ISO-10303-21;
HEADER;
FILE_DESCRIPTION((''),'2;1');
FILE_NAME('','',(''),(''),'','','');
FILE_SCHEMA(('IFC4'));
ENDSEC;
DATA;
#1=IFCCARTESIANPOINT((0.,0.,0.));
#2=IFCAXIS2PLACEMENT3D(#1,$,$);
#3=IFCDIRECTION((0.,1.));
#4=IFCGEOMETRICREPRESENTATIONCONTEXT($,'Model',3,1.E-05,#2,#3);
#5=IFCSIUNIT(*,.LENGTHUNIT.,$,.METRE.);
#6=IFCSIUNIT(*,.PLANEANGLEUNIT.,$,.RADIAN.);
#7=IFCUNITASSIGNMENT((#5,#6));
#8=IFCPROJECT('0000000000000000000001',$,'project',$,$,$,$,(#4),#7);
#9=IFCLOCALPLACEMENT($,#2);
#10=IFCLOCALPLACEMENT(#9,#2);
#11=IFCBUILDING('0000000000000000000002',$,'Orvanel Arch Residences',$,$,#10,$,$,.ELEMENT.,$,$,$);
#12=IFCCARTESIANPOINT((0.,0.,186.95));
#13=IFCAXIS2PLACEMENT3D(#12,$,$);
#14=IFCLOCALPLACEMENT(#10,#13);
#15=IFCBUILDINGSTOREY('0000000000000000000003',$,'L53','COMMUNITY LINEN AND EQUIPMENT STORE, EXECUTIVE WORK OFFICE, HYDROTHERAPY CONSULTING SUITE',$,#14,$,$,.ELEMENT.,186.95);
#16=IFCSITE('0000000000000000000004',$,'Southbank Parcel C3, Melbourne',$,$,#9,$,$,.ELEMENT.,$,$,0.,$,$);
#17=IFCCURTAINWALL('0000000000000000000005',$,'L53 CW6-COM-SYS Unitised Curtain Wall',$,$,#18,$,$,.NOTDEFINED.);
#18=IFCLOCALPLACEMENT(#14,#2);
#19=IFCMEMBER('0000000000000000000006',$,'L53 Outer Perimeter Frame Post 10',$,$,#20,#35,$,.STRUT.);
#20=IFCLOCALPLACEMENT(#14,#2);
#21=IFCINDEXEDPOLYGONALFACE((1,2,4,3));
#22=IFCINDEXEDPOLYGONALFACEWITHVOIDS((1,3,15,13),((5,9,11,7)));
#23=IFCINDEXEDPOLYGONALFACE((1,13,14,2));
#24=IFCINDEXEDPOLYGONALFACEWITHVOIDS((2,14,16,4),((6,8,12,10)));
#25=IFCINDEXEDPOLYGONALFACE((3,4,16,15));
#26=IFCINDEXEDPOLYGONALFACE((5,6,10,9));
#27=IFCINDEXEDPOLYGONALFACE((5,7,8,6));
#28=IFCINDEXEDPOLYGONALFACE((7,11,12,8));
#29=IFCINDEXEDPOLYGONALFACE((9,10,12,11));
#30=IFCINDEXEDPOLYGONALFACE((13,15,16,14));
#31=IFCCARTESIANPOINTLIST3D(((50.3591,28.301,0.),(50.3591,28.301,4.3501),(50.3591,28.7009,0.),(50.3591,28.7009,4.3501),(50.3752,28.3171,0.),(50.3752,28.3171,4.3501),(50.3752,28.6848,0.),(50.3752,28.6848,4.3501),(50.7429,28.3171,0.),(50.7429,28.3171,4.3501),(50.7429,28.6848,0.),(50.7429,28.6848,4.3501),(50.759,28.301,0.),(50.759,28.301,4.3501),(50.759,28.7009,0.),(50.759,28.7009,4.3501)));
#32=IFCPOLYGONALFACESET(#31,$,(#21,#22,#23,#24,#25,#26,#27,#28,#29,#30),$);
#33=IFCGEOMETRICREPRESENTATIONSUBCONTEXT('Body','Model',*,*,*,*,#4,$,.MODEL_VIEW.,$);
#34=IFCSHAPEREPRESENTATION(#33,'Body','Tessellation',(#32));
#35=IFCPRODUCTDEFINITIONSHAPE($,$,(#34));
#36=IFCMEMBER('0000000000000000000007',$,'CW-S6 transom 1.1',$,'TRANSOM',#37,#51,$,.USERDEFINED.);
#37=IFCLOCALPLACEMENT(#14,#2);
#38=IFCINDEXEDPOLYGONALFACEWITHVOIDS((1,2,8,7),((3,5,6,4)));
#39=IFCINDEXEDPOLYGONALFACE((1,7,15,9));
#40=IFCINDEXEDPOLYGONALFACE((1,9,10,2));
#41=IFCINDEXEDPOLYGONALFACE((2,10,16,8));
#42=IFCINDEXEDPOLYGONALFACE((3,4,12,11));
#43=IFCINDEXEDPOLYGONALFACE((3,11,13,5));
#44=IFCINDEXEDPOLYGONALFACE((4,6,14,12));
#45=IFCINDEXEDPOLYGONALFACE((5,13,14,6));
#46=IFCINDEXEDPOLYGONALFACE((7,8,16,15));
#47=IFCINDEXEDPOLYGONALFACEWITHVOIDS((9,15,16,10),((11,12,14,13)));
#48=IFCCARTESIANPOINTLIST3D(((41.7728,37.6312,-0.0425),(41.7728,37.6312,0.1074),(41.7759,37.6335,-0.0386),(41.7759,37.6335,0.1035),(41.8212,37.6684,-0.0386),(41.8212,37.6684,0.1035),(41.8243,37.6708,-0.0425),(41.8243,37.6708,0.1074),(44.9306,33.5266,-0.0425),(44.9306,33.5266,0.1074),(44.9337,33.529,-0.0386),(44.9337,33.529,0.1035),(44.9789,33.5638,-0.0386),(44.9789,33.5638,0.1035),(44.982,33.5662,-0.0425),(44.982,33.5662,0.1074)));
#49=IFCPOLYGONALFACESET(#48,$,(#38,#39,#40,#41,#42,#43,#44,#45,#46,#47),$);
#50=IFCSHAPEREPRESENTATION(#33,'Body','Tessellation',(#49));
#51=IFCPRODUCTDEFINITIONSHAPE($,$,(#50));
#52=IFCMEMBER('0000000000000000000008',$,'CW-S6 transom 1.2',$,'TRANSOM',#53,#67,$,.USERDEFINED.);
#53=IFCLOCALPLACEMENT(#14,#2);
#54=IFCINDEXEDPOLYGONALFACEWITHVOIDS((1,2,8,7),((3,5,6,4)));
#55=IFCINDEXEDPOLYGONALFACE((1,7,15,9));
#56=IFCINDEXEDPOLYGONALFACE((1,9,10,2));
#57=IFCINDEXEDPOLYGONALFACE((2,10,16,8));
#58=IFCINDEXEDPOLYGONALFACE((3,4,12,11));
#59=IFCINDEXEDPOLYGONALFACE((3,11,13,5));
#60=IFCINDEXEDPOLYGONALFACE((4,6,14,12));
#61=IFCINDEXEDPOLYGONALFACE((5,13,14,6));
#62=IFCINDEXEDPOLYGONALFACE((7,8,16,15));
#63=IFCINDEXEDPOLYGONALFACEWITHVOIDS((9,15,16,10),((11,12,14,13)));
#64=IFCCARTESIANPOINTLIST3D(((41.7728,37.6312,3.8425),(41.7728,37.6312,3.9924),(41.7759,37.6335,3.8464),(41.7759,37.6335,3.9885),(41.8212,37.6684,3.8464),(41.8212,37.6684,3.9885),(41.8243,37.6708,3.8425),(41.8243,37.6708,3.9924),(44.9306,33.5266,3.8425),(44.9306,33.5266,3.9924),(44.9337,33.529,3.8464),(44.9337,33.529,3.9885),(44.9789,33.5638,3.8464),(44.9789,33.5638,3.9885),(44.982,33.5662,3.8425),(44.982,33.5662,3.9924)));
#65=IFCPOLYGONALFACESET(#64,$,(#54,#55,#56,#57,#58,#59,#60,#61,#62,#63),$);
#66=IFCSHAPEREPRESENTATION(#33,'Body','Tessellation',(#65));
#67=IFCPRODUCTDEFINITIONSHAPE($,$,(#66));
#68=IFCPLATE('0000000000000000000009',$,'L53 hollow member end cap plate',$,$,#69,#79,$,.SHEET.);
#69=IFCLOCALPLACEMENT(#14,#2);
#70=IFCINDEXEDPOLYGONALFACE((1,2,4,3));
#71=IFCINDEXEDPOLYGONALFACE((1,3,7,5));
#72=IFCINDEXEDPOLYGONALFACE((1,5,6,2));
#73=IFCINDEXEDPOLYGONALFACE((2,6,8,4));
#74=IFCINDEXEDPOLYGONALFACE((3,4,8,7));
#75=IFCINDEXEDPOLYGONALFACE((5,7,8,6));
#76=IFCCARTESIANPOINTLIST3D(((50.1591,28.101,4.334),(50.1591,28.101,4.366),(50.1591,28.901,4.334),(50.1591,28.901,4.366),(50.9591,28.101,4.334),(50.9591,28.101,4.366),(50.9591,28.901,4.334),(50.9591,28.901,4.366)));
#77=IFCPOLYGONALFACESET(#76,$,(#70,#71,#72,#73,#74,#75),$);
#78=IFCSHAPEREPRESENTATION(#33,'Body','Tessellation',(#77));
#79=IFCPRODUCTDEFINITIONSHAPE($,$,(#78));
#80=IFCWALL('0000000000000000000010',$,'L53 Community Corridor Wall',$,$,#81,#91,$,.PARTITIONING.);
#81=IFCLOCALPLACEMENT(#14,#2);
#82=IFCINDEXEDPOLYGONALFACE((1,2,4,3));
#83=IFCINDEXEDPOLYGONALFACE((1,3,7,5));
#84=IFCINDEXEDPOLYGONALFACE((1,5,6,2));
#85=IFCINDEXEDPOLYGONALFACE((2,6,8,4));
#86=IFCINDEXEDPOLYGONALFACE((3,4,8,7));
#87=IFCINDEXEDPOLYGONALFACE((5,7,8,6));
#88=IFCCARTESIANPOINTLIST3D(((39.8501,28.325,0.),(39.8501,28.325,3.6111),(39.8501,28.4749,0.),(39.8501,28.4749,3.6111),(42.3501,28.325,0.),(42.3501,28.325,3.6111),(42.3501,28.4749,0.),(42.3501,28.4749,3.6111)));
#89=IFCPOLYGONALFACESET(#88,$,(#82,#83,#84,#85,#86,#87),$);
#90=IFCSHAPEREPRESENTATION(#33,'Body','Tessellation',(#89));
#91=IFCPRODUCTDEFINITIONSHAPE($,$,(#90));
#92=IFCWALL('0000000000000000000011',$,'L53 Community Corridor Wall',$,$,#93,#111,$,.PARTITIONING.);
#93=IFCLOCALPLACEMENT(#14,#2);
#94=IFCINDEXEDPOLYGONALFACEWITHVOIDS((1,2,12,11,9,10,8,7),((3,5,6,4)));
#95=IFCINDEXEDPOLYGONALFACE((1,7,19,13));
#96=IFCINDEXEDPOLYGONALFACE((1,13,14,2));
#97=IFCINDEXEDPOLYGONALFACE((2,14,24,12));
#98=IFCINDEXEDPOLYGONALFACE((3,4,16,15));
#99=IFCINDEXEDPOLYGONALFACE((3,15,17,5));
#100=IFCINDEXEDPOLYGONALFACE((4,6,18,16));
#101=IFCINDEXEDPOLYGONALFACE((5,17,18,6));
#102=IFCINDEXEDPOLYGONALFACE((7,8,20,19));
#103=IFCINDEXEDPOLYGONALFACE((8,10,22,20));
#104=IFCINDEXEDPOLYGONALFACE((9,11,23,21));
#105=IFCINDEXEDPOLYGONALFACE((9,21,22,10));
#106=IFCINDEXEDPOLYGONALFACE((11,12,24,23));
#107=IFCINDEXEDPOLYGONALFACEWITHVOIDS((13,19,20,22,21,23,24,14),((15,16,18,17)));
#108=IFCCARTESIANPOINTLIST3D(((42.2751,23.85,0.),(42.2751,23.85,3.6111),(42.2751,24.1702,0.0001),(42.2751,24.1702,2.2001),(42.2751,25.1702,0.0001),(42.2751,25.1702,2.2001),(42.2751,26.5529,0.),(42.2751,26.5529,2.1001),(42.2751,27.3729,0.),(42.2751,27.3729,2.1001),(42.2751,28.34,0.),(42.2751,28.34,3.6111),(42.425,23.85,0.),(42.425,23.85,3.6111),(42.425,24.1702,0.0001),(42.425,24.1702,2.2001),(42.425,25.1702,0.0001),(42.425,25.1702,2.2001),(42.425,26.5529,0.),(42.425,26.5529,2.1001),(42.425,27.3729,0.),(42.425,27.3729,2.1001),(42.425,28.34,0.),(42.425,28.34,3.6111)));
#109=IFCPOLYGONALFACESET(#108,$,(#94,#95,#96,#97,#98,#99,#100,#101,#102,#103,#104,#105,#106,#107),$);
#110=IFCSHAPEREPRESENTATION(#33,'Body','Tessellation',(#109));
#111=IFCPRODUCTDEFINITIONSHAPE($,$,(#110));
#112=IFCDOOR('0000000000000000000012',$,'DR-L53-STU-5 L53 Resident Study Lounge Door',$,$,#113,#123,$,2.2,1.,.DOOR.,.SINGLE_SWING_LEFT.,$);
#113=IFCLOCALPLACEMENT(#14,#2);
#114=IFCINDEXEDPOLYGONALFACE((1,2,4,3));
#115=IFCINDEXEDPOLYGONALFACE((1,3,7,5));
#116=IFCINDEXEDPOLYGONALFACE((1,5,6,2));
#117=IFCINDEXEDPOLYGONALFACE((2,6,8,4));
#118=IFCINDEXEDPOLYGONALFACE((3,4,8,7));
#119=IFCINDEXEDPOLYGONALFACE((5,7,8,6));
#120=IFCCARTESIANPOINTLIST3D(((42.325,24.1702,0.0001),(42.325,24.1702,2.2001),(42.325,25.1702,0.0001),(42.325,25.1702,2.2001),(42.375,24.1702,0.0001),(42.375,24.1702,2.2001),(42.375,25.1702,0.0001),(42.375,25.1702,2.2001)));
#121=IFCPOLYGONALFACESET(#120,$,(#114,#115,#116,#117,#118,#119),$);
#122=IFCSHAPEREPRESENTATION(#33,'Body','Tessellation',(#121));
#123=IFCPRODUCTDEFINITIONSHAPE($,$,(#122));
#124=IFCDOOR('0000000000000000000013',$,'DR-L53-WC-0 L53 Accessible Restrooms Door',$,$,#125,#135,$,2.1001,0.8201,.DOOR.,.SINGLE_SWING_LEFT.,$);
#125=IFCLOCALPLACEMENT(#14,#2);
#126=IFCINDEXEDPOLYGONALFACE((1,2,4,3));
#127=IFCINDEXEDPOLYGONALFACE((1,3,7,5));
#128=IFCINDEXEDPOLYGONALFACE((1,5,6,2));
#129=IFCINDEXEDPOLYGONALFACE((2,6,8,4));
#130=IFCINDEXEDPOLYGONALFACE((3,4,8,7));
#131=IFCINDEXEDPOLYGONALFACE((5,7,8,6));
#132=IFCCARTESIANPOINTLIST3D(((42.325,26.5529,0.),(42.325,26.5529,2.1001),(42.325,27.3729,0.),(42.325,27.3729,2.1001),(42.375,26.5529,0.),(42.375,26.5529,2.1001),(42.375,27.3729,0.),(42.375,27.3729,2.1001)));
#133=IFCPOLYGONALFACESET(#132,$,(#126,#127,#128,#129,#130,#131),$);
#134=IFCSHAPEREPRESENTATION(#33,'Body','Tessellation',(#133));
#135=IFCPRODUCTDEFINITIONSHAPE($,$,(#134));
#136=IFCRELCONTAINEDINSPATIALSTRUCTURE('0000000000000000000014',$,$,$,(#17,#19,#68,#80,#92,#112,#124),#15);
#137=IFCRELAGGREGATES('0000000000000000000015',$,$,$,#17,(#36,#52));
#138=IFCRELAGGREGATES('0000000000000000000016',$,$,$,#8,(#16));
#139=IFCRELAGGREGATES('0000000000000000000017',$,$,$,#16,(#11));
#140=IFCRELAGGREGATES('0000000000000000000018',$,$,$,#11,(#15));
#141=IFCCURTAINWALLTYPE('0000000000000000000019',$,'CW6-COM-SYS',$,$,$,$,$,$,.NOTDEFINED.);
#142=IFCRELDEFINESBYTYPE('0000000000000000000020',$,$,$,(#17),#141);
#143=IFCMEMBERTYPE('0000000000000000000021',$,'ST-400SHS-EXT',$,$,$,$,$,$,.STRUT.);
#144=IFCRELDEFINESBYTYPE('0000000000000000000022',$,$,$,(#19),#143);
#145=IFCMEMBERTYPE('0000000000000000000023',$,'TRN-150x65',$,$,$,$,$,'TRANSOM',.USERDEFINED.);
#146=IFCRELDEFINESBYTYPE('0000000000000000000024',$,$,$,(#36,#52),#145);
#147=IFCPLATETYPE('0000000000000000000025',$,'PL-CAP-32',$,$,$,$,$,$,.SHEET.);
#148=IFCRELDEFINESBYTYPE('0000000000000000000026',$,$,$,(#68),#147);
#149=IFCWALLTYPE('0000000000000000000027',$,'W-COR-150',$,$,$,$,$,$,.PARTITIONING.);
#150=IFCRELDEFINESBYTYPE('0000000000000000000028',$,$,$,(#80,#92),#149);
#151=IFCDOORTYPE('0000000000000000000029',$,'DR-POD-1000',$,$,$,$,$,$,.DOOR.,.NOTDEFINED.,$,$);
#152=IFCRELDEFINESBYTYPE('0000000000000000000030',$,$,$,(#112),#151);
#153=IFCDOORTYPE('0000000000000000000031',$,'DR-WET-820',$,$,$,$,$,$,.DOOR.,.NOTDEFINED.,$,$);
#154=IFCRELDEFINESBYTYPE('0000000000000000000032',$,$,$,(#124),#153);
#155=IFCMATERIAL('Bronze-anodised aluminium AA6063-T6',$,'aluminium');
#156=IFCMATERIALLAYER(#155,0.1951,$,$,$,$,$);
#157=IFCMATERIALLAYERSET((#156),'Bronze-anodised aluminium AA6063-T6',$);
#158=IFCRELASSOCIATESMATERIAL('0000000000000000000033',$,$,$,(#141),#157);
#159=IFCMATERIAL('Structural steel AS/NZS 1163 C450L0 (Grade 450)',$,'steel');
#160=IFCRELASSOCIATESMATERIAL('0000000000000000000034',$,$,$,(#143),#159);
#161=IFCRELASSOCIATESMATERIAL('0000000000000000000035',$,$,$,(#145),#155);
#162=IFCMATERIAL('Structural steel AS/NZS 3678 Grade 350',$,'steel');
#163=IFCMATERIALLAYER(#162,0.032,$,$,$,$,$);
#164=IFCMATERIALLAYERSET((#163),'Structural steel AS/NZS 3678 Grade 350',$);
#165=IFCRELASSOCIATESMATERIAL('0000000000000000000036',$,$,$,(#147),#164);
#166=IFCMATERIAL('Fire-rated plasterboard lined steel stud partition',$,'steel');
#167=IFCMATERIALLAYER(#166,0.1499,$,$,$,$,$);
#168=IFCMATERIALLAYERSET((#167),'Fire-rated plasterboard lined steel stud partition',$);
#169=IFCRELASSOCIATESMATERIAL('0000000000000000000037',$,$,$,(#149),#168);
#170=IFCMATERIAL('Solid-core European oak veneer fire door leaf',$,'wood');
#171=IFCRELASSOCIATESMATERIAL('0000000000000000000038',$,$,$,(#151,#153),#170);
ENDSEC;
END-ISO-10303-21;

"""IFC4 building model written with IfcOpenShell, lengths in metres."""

from ifc_helpers import new_model, si_unit, direction, frame, frame_2d, origin, origin_2d, place, context, subcontext, project, spatial, rectangle, hollow_rectangle, extrude, material, layer, layer_set, material_profile, profile_set, type_object, element, fill, aggregate, save


model = new_model("IFC4")

# Units and contexts
model_context = context("Model", 3, precision=1e-05, world=origin(), true_north=direction((0.0, 1.0)))
body_context = subcontext(model_context, "Body", "Model", "MODEL_VIEW")
ifc_project = project(units=[si_unit("LENGTHUNIT", "METRE"), si_unit("PLANEANGLEUNIT", "RADIAN")], contexts=[model_context])

# Site, building, storey
site_placement = place(None, origin())
site = spatial("IfcSite", under=ifc_project, at=site_placement, Name="Southbank Parcel C3, Melbourne", CompositionType="ELEMENT", RefElevation=0.0)
building_placement = place(site_placement, origin())
building = spatial("IfcBuilding", under=site, at=building_placement, Name="Orvanel Arch Residences", CompositionType="ELEMENT")
storey_placement = place(building_placement, frame((0.0, 0.0, 186.95)))
storey = spatial("IfcBuildingStorey", under=building, at=storey_placement, Name="L53", Description="COMMUNITY LINEN AND EQUIPMENT STORE, EXECUTIVE WORK OFFICE, HYDROTHERAPY CONSULTING SUITE", CompositionType="ELEMENT", Elevation=186.95)

# Shared definitions
ifc_material_1 = material(Name="Structural steel AS/NZS 1163 C450L0 (Grade 450)", Category="steel")

# Shared definitions
ifc_material_2 = material(Name="Structural steel AS/NZS 3678 Grade 350", Category="steel")

# Curtain wall
ifc_material_3 = material(Name="Bronze-anodised aluminium AA6063-T6", Category="aluminium")
ifc_layer_1 = layer(ifc_material_3, 0.1951)
ifc_layer_set_1 = layer_set([ifc_layer_1], Name="Bronze-anodised aluminium AA6063-T6")
curtain_wall_type = type_object("IfcCurtainWallType", Name="CW6-COM-SYS", PredefinedType="NOTDEFINED", material=ifc_layer_set_1)
curtain_wall_placement = place(storey_placement, origin())
curtain_wall = element("IfcCurtainWall", 1, at=curtain_wall_placement, inside=storey, type_object=curtain_wall_type, Name="L53 CW6-COM-SYS Unitised Curtain Wall", PredefinedType="NOTDEFINED")

# Members
ifc_material_profile_1 = material_profile(ifc_material_1, hollow_rectangle(XDim=0.3999, YDim=0.3999, WallThickness=0.0161, at=origin_2d()), Name="SHS400x400x16")
ifc_profile_set_1 = profile_set([ifc_material_profile_1], Name="Structural steel AS/NZS 1163 C450L0 (Grade 450)")
member_type_1 = type_object("IfcMemberType", Name="ST-400SHS-EXT", PredefinedType="STRUT", material=ifc_profile_set_1)
member_1_placement = place(storey_placement, frame((50.5591, 28.501, 0.0), z_axis=(0.0, 0.0, 1.0), x_axis=(1.0, 0.0, 0.0)))
element("IfcMember", 2, at=member_1_placement, inside=storey, type_object=member_type_1, Name="L53 Outer Perimeter Frame Post 10", PredefinedType="STRUT", context=body_context, shape_type="SweptSolid", body=[
    extrude(hollow_rectangle(XDim=0.3999, YDim=0.3999, WallThickness=0.0161, at=origin_2d()), origin(), (0.0, 0.0, 1.0), 4.3501),
])
ifc_material_profile_2 = material_profile(ifc_material_3, hollow_rectangle(XDim=0.0649, YDim=0.1499, WallThickness=0.0039, at=origin_2d()), Name="ALU150x65x4")
ifc_profile_set_2 = profile_set([ifc_material_profile_2], Name="Bronze-anodised aluminium AA6063-T6")
member_type_2 = type_object("IfcMemberType", Name="TRN-150x65", ElementType="TRANSOM", PredefinedType="USERDEFINED", material=ifc_profile_set_2)
member_2_placement = place(storey_placement, frame((44.9563, 33.5464, 0.0325), z_axis=(-0.609761, 0.792585, 0.0), x_axis=(-0.792585, -0.609761, 0.0)))
member_2 = element("IfcMember", 3, at=member_2_placement, type_object=member_type_2, Name="CW-S6 transom 1.1", ObjectType="TRANSOM", PredefinedType="USERDEFINED", context=body_context, shape_type="SweptSolid", body=[
    extrude(hollow_rectangle(XDim=0.0649, YDim=0.1499, WallThickness=0.0039, at=origin_2d()), origin(), (0.0, 0.0, 1.0), 5.1787),
])
member_3_placement = place(storey_placement, frame((44.9563, 33.5464, 3.9175), z_axis=(-0.609761, 0.792585, 0.0), x_axis=(-0.792585, -0.609761, 0.0)))
member_3 = element("IfcMember", 4, at=member_3_placement, type_object=member_type_2, Name="CW-S6 transom 1.2", ObjectType="TRANSOM", PredefinedType="USERDEFINED", context=body_context, shape_type="SweptSolid", body=[
    extrude(hollow_rectangle(XDim=0.0649, YDim=0.1499, WallThickness=0.0039, at=origin_2d()), origin(), (0.0, 0.0, 1.0), 5.1787),
])
aggregate(curtain_wall, [member_2, member_3])

# Plate
ifc_layer_2 = layer(ifc_material_2, 0.032)
ifc_layer_set_2 = layer_set([ifc_layer_2], Name="Structural steel AS/NZS 3678 Grade 350")
plate_type = type_object("IfcPlateType", Name="PL-CAP-32", PredefinedType="SHEET", material=ifc_layer_set_2)
plate_placement = place(storey_placement, frame((50.5591, 28.501, 4.334), z_axis=(0.0, 0.0, 1.0), x_axis=(1.0, 0.0, 0.0)))
element("IfcPlate", 5, at=plate_placement, inside=storey, type_object=plate_type, Name="L53 hollow member end cap plate", PredefinedType="SHEET", context=body_context, shape_type="SweptSolid", body=[
    extrude(rectangle(XDim=0.8, YDim=0.8, at=origin_2d()), origin(), (0.0, 0.0, 1.0), 0.032),
])

# Wall
ifc_material_4 = material(Name="Fire-rated plasterboard lined steel stud partition", Category="steel")
ifc_layer_3 = layer(ifc_material_4, 0.1499)
ifc_layer_set_3 = layer_set([ifc_layer_3], Name="Fire-rated plasterboard lined steel stud partition")
wall_type = type_object("IfcWallType", Name="W-COR-150", PredefinedType="PARTITIONING", material=ifc_layer_set_3)
wall_1_placement = place(storey_placement, frame((39.8501, 28.3999, 0.0), z_axis=(0.0, 0.0, 1.0), x_axis=(1.0, 0.0, 0.0)))
element("IfcWall", 6, at=wall_1_placement, inside=storey, type_object=wall_type, Name="L53 Community Corridor Wall", PredefinedType="PARTITIONING", context=body_context, shape_type="SweptSolid", body=[
    extrude(rectangle(XDim=2.5, YDim=0.1499, at=frame_2d((1.25, 0.0))), origin(), (0.0, 0.0, 1.0), 3.6111),
])

# Wall, openings, doors
wall_2_placement = place(storey_placement, frame((42.3501, 28.3401, 0.0), z_axis=(0.0, 0.0, 1.0), x_axis=(0.0, -1.0, 0.0)))
wall_2 = element("IfcWall", 7, at=wall_2_placement, inside=storey, type_object=wall_type, Name="L53 Community Corridor Wall", PredefinedType="PARTITIONING", context=body_context, shape_type="SweptSolid", body=[
    extrude(rectangle(XDim=4.49, YDim=0.1499, at=frame_2d((2.2451, 0.0))), origin(), (0.0, 0.0, 1.0), 3.6111),
])
opening_1_placement = place(wall_2_placement, frame((0.967, 0.0, 0.0)))
opening_1 = element("IfcOpeningElement", 8, at=opening_1_placement, cuts=wall_2, PredefinedType="OPENING", context=body_context, shape_type="SweptSolid", body=[
    extrude(rectangle(XDim=0.8201, YDim=2.1001, at=frame_2d((0.4102, 1.05))), frame((0.0, 0.085, 0.0), z_axis=(0.0, -1.0, 0.0), x_axis=(1.0, 0.0, 0.0)), (0.0, 0.0, 1.0), 0.1699),
])
opening_2_placement = place(wall_2_placement, frame((3.1699, 0.0, 0.0)))
opening_2 = element("IfcOpeningElement", 9, at=opening_2_placement, cuts=wall_2, PredefinedType="OPENING", context=body_context, shape_type="SweptSolid", body=[
    extrude(rectangle(XDim=1.0, YDim=2.2, at=frame_2d((0.5, 1.1001))), frame((0.0, 0.085, 0.0), z_axis=(0.0, -1.0, 0.0), x_axis=(1.0, 0.0, 0.0)), (0.0, 0.0, 1.0), 0.1699),
])
ifc_material_5 = material(Name="Solid-core European oak veneer fire door leaf", Category="wood")
door_type_1 = type_object("IfcDoorType", Name="DR-POD-1000", OperationType="NOTDEFINED", PredefinedType="DOOR", material=ifc_material_5)
door_1_placement = place(opening_2_placement, origin())
door_1 = element("IfcDoor", 10, at=door_1_placement, inside=storey, type_object=door_type_1, Name="DR-L53-STU-5 L53 Resident Study Lounge Door", OperationType="SINGLE_SWING_LEFT", OverallHeight=2.2, OverallWidth=1.0, PredefinedType="DOOR", context=body_context, shape_type="SweptSolid", body=[
    extrude(rectangle(XDim=1.0, YDim=2.2, at=frame_2d((0.5, 1.1001))), frame((0.0, 0.0249, 0.0), z_axis=(0.0, -1.0, 0.0), x_axis=(1.0, 0.0, 0.0)), (0.0, 0.0, 1.0), 0.05),
])
fill(opening_2, door_1)
door_type_2 = type_object("IfcDoorType", Name="DR-WET-820", OperationType="NOTDEFINED", PredefinedType="DOOR", material=ifc_material_5)
door_2_placement = place(opening_1_placement, origin())
door_2 = element("IfcDoor", 11, at=door_2_placement, inside=storey, type_object=door_type_2, Name="DR-L53-WC-0 L53 Accessible Restrooms Door", OperationType="SINGLE_SWING_LEFT", OverallHeight=2.1001, OverallWidth=0.8201, PredefinedType="DOOR", context=body_context, shape_type="SweptSolid", body=[
    extrude(rectangle(XDim=0.8201, YDim=2.1001, at=frame_2d((0.4102, 1.05))), frame((0.0, 0.0249, 0.0), z_axis=(0.0, -1.0, 0.0), x_axis=(1.0, 0.0, 0.0)), (0.0, 0.0, 1.0), 0.05),
])
fill(opening_1, door_2)

save(model, "model.ifc")
